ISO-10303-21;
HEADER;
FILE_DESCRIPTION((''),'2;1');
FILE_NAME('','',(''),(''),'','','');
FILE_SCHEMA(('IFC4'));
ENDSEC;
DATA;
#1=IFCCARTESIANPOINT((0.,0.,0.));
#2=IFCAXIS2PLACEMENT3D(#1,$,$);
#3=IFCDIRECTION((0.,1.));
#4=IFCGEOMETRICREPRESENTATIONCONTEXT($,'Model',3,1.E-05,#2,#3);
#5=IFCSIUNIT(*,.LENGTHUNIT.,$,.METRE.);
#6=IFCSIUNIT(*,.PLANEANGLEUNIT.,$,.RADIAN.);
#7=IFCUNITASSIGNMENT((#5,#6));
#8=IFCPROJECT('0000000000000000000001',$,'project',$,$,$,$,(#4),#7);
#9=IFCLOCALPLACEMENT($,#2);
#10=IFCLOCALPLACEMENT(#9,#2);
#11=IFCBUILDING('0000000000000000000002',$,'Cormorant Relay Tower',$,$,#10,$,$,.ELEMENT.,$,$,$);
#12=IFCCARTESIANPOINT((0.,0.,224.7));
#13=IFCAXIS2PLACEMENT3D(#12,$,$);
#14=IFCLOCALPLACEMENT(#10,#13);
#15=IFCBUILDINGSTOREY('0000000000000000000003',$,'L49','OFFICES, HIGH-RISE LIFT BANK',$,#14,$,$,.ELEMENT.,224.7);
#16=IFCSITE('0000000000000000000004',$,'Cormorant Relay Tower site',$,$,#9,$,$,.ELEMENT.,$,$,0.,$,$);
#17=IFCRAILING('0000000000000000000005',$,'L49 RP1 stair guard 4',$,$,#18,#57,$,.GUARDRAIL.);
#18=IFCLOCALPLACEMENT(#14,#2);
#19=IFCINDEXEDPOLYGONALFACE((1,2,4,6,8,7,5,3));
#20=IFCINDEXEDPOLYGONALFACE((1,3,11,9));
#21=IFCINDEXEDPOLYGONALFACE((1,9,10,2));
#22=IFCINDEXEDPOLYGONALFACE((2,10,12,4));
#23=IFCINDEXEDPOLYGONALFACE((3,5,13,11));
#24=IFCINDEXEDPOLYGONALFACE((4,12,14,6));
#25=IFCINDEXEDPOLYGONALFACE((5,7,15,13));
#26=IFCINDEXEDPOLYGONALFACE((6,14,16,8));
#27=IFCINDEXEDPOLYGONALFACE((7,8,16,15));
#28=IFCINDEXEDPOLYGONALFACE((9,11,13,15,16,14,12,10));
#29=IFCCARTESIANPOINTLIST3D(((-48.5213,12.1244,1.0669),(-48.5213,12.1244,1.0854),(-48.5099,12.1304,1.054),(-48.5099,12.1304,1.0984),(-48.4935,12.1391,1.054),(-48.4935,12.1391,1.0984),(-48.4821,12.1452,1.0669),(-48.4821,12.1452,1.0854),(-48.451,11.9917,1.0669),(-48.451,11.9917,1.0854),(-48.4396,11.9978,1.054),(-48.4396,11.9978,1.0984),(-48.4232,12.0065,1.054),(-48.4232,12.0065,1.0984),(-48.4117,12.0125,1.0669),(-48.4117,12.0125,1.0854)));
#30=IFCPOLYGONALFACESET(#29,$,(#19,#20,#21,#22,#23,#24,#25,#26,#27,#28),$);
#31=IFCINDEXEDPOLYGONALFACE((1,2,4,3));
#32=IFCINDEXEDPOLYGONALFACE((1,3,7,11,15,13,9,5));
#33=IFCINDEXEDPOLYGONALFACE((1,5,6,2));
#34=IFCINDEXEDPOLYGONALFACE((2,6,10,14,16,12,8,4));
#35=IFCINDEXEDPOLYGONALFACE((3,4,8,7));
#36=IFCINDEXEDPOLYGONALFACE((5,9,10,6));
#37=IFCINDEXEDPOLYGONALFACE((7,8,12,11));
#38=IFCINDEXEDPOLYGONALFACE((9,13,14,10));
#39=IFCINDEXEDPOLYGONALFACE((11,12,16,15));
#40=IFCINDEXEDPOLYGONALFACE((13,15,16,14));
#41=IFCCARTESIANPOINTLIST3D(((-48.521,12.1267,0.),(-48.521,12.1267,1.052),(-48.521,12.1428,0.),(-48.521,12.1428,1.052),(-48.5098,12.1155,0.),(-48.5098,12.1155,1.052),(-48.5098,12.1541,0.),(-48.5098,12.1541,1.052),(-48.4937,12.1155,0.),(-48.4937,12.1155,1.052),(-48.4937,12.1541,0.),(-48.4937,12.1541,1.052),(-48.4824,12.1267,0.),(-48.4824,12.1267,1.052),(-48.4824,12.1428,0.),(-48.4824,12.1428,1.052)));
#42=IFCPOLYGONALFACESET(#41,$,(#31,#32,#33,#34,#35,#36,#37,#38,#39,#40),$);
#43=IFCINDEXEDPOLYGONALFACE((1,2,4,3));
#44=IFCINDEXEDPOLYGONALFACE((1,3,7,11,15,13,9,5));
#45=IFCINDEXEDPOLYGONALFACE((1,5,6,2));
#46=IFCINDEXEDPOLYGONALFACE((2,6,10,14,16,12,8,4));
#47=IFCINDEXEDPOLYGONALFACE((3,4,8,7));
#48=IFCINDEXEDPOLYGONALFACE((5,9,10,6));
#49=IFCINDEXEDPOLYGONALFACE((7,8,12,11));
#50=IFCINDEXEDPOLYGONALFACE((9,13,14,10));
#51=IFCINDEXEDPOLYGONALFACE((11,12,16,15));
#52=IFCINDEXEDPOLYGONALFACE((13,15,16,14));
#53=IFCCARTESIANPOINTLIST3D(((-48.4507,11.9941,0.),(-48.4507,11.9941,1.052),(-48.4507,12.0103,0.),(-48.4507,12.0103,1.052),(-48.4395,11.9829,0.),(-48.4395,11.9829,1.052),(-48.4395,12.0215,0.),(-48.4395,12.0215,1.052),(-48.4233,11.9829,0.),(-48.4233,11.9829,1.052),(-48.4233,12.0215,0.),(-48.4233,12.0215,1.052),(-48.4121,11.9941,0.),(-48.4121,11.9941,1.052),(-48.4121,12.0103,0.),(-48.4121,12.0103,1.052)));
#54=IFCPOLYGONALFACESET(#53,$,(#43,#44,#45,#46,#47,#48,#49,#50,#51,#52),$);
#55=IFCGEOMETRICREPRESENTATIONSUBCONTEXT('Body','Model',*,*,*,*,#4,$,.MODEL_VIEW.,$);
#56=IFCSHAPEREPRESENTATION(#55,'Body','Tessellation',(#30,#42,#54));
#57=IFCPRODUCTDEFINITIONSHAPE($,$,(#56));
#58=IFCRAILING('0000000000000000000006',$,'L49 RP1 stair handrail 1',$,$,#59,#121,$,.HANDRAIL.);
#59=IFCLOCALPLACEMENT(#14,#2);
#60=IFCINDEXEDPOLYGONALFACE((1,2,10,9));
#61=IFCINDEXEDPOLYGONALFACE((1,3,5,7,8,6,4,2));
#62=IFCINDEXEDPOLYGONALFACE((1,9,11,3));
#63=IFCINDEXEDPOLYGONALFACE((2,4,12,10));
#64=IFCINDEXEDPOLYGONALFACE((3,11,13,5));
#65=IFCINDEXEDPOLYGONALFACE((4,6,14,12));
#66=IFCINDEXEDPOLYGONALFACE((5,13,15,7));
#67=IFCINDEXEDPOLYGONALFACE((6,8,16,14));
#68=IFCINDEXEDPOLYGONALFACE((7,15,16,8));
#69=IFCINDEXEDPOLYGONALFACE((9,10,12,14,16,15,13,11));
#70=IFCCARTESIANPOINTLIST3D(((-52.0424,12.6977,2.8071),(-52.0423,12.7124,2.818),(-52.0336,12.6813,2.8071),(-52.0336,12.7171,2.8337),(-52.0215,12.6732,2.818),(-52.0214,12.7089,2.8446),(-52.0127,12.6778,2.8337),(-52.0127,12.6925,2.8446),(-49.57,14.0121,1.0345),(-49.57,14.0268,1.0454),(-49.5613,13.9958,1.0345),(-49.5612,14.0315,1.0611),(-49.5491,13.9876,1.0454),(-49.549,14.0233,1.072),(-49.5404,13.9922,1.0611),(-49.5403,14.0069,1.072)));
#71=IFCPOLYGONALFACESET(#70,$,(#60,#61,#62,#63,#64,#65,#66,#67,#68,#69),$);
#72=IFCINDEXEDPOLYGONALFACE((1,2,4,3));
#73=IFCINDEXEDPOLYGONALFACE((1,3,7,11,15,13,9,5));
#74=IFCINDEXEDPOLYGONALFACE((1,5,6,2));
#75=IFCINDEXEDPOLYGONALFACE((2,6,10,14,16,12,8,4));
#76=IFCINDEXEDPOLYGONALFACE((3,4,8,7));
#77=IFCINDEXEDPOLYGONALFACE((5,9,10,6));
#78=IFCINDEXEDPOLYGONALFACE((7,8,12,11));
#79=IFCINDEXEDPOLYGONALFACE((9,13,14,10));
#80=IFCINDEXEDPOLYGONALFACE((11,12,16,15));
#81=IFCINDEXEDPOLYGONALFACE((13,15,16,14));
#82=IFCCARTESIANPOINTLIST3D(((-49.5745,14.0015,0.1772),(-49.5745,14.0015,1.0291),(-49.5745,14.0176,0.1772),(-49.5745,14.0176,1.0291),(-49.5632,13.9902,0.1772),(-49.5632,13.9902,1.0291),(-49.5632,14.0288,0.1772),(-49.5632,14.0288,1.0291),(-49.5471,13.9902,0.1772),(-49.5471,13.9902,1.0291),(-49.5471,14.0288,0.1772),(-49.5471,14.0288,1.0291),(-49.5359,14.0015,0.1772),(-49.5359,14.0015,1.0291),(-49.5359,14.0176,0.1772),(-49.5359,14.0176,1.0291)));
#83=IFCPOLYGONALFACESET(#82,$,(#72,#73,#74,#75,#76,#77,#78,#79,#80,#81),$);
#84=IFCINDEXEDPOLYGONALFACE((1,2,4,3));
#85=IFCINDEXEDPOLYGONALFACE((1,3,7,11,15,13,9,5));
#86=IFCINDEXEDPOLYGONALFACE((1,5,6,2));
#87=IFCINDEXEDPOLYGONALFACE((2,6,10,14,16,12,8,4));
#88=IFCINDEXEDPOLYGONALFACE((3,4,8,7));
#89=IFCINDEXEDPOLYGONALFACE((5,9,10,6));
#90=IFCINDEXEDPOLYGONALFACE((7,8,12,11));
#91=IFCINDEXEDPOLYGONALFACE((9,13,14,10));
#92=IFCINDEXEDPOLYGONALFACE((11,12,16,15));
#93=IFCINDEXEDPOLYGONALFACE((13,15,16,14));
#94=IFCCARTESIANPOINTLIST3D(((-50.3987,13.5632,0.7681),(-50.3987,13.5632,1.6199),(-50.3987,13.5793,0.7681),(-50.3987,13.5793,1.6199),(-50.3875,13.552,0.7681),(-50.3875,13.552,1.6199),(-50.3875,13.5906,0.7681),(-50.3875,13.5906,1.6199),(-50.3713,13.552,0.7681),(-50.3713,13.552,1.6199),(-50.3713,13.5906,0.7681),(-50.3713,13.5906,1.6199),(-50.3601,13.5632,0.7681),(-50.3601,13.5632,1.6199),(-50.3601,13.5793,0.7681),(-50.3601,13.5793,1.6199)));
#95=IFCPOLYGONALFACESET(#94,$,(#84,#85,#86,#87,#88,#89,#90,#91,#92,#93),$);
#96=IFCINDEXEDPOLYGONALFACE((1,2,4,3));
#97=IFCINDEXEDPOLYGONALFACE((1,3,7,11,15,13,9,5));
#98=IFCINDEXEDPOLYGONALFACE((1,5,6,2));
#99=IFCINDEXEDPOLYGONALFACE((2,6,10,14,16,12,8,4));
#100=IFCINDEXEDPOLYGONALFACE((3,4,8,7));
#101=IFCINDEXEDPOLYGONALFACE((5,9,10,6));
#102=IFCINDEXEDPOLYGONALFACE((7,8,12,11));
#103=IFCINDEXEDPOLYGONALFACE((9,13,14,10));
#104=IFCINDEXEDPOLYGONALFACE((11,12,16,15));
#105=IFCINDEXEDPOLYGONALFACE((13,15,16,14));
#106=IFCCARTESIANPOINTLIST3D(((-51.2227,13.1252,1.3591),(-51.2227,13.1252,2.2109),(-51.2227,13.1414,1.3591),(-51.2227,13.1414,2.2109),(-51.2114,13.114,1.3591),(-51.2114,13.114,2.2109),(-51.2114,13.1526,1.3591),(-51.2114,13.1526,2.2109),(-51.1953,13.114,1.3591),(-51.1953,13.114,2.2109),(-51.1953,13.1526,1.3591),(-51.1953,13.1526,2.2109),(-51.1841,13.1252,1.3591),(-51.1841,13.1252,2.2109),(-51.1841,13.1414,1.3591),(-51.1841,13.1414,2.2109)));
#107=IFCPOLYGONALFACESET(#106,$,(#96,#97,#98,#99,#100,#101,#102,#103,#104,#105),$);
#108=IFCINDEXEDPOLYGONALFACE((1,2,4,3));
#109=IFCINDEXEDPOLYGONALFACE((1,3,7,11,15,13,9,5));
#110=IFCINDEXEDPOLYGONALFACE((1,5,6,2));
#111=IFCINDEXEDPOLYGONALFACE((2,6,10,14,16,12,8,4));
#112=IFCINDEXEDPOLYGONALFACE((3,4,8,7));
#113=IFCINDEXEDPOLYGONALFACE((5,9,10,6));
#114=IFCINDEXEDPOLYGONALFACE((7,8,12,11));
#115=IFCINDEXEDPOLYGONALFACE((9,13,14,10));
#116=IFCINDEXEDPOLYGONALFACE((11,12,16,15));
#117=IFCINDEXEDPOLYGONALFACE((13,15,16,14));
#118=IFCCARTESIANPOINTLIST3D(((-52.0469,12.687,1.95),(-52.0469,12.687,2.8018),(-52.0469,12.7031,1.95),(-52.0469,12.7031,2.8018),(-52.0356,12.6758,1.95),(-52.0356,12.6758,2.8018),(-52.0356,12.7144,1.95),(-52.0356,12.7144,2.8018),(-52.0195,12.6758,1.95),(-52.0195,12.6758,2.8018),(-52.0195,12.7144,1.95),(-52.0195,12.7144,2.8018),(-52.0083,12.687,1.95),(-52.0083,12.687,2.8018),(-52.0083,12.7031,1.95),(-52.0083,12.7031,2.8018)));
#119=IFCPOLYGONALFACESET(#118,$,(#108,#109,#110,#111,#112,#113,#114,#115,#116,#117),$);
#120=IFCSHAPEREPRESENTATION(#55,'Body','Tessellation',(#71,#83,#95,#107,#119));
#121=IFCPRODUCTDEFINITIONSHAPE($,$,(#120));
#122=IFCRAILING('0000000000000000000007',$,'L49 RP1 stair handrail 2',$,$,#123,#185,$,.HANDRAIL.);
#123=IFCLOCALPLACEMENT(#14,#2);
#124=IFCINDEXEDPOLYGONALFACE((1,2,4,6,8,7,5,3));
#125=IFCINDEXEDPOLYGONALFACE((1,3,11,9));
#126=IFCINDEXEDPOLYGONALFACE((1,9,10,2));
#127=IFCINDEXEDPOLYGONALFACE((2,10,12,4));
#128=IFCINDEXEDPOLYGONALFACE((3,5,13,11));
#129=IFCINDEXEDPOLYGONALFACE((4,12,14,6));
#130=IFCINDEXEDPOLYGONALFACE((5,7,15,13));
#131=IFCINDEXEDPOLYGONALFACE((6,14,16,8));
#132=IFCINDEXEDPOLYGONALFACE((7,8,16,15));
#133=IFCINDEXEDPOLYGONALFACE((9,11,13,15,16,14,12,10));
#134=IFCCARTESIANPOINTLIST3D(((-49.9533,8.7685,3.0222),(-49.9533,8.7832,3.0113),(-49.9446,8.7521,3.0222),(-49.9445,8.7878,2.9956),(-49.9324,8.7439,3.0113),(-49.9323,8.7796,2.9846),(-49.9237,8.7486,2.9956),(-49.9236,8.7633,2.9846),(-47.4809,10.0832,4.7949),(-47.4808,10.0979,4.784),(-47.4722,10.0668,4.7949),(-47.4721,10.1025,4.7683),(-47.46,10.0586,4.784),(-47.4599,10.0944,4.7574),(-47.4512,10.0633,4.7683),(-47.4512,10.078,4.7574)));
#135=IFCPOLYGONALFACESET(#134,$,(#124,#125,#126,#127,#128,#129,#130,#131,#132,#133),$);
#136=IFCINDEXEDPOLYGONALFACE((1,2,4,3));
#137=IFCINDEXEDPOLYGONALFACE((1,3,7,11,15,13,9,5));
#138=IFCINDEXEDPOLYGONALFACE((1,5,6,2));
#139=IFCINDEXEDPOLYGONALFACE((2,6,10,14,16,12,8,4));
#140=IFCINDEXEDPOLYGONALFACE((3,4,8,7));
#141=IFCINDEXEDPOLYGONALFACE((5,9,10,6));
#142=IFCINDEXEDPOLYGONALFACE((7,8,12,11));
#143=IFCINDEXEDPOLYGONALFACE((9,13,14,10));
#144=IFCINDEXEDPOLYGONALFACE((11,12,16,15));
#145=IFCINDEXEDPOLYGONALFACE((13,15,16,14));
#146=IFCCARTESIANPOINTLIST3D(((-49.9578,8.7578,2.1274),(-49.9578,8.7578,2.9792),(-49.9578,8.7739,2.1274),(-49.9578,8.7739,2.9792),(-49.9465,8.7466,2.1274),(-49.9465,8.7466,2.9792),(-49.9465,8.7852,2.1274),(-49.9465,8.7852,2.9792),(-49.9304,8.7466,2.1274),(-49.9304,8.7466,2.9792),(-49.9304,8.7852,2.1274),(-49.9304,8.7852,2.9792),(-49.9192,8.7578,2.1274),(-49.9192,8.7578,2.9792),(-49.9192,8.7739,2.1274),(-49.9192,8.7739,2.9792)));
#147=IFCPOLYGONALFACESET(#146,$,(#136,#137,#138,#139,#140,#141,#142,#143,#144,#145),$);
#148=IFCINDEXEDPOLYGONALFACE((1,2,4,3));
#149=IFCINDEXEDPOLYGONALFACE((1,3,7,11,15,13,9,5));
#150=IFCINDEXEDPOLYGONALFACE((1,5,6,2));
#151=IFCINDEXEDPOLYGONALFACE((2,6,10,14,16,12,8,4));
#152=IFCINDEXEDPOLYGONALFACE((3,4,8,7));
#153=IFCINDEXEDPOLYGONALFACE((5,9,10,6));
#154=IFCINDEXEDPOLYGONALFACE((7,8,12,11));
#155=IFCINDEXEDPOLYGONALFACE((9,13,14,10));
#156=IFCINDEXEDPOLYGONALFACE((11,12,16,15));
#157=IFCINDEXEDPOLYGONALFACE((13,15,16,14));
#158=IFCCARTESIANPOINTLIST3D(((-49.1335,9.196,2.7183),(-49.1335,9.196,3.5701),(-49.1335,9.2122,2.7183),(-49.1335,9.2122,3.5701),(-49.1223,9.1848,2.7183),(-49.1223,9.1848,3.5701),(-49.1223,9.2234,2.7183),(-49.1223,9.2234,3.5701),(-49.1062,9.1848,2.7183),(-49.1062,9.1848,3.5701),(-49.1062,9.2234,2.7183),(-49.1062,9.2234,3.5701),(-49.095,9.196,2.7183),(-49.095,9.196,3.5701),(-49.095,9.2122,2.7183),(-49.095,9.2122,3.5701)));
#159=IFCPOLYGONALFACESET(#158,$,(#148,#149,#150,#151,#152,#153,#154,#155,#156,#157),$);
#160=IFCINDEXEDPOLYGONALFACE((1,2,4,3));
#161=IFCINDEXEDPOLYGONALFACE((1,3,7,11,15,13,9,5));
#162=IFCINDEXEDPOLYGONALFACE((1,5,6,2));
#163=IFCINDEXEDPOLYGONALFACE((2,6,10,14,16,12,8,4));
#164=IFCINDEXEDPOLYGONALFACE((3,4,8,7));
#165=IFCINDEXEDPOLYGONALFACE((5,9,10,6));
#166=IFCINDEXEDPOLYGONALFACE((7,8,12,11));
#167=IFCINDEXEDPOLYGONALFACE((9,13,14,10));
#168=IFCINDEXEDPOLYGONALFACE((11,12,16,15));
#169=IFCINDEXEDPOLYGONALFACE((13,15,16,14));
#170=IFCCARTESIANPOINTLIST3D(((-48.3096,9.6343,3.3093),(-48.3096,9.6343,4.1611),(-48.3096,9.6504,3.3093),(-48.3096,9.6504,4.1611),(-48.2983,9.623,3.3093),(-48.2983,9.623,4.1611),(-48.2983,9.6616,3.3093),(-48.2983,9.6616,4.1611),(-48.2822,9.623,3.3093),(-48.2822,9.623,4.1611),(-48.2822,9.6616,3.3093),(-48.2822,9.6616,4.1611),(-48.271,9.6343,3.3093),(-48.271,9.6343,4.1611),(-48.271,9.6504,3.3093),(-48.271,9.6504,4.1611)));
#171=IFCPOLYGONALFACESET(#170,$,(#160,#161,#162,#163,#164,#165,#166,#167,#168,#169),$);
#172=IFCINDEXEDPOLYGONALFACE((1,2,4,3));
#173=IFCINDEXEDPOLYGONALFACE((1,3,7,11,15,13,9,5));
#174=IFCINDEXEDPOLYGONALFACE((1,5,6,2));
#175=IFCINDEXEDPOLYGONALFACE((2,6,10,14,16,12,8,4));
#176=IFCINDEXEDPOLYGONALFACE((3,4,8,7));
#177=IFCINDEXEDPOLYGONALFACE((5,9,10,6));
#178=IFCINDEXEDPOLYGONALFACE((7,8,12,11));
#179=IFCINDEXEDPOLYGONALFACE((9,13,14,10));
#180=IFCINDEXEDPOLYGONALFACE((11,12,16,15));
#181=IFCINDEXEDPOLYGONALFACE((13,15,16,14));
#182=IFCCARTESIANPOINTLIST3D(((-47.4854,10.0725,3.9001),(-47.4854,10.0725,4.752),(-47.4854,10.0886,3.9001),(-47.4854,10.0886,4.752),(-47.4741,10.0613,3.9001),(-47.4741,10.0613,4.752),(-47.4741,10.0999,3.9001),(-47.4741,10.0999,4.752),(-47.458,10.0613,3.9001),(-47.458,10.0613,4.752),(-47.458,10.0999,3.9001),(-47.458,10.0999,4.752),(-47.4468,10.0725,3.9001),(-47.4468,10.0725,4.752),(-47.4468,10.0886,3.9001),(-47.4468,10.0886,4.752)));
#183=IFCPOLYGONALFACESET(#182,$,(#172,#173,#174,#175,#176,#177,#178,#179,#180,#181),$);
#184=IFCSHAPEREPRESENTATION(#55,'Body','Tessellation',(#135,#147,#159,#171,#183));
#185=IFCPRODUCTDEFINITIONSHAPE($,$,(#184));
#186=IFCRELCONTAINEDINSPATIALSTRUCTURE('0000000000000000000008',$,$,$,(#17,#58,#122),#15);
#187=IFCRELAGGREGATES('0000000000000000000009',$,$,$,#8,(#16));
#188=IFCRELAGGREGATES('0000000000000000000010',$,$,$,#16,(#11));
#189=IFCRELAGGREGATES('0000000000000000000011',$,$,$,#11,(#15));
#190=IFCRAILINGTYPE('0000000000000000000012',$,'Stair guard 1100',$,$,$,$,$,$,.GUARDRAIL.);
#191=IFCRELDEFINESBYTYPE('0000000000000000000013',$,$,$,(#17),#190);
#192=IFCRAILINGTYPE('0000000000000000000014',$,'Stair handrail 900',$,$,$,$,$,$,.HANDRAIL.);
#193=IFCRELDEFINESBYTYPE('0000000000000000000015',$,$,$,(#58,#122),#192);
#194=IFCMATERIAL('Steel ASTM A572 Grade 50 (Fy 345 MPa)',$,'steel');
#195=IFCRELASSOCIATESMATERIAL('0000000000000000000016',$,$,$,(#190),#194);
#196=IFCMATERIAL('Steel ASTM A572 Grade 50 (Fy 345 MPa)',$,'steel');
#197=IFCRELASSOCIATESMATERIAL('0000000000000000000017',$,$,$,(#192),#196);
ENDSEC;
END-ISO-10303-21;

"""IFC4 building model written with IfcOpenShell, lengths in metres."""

from ifc_helpers import new_model, si_unit, direction, frame, origin, place, context, subcontext, project, spatial, polyline, outline, extrude, material, type_object, element, save


model = new_model("IFC4")

# Units and contexts
model_context = context("Model", 3, precision=1e-05, world=origin(), true_north=direction((0.0, 1.0)))
body_context = subcontext(model_context, "Body", "Model", "MODEL_VIEW")
ifc_project = project(units=[si_unit("LENGTHUNIT", "METRE"), si_unit("PLANEANGLEUNIT", "RADIAN")], contexts=[model_context])

# Site, building, storey
site_placement = place(None, origin())
site = spatial("IfcSite", under=ifc_project, at=site_placement, Name="Cormorant Relay Tower site", CompositionType="ELEMENT", RefElevation=0.0)
building_placement = place(site_placement, origin())
building = spatial("IfcBuilding", under=site, at=building_placement, Name="Cormorant Relay Tower", CompositionType="ELEMENT")
storey_placement = place(building_placement, frame((0.0, 0.0, 224.7)))
storey = spatial("IfcBuildingStorey", under=building, at=storey_placement, Name="L49", Description="OFFICES, HIGH-RISE LIFT BANK", CompositionType="ELEMENT", Elevation=224.7)

# Railings
ifc_material_1 = material(Name="Steel ASTM A572 Grade 50 (Fy 345 MPa)", Category="steel")
railing_type_1 = type_object("IfcRailingType", Name="Stair guard 1100", PredefinedType="GUARDRAIL", material=ifc_material_1)
railing_1_placement = place(storey_placement, frame((-48.5017, 12.1348, 0.0)))
element("IfcRailing", 1, at=railing_1_placement, inside=storey, type_object=railing_type_1, Name="L49 RP1 stair guard 4", PredefinedType="GUARDRAIL", context=body_context, shape_type="SweptSolid", body=[
    extrude(outline(polyline([(0.0222, 0.0093), (0.0093, 0.0222), (-0.0093, 0.0222), (-0.0222, 0.0093), (-0.0222, -0.0093), (-0.0093, -0.0222), (0.0093, -0.0222), (0.0222, -0.0093), (0.0222, 0.0093)])), frame((0.0, 0.0, 1.0762), z_axis=(0.46856, -0.883431, 0.0), x_axis=(0.883431, 0.46856, 0.0)), (0.0, 0.0, 1.0), 0.1501),
    extrude(outline(polyline([(0.0193, 0.0081), (0.0081, 0.0193), (-0.0081, 0.0193), (-0.0193, 0.0081), (-0.0193, -0.0081), (-0.0081, -0.0193), (0.0081, -0.0193), (0.0193, -0.0081), (0.0193, 0.0081)])), origin(), (0.0, 0.0, 1.0), 1.052),
    extrude(outline(polyline([(0.0193, 0.0081), (0.0081, 0.0193), (-0.0081, 0.0193), (-0.0193, 0.0081), (-0.0193, -0.0081), (-0.0081, -0.0193), (0.0081, -0.0193), (0.0193, -0.0081), (0.0193, 0.0081)])), frame((0.0703, -0.1326, 0.0)), (0.0, 0.0, 1.0), 1.052),
])
ifc_material_2 = material(Name="Steel ASTM A572 Grade 50 (Fy 345 MPa)", Category="steel")
railing_type_2 = type_object("IfcRailingType", Name="Stair handrail 900", PredefinedType="HANDRAIL", material=ifc_material_2)
railing_2_placement = place(storey_placement, frame((-49.5552, 14.0095, 0.1772)))
element("IfcRailing", 2, at=railing_2_placement, inside=storey, type_object=railing_type_2, Name="L49 RP1 stair handrail 1", PredefinedType="HANDRAIL", context=body_context, shape_type="SweptSolid", body=[
    extrude(outline(polyline([(0.0222, 0.0093), (0.0093, 0.0222), (-0.0093, 0.0222), (-0.0222, 0.0093), (-0.0222, -0.0093), (-0.0093, -0.0222), (0.0093, -0.0222), (0.0222, -0.0093), (0.0222, 0.0093)])), frame((0.0, 0.0, 0.876), z_axis=(-0.746034, -0.396627, 0.534902), x_axis=(0.469429, -0.88297, 0.0)), (0.0, 0.0, 1.0), 3.314),
    extrude(outline(polyline([(0.0193, 0.0081), (0.0081, 0.0193), (-0.0081, 0.0193), (-0.0193, 0.0081), (-0.0193, -0.0081), (-0.0081, -0.0193), (0.0081, -0.0193), (0.0193, -0.0081), (0.0193, 0.0081)])), origin(), (0.0, 0.0, 1.0), 0.8518),
    extrude(outline(polyline([(0.0193, 0.0081), (0.0081, 0.0193), (-0.0081, 0.0193), (-0.0193, 0.0081), (-0.0193, -0.0081), (-0.0081, -0.0193), (0.0081, -0.0193), (0.0193, -0.0081), (0.0193, 0.0081)])), frame((-0.8242, -0.4382, 0.5908)), (0.0, 0.0, 1.0), 0.8518),
    extrude(outline(polyline([(0.0193, 0.0081), (0.0081, 0.0193), (-0.0081, 0.0193), (-0.0193, 0.0081), (-0.0193, -0.0081), (-0.0081, -0.0193), (0.0081, -0.0193), (0.0193, -0.0081), (0.0193, 0.0081)])), frame((-1.6482, -0.8762, 1.1819)), (0.0, 0.0, 1.0), 0.8518),
    extrude(outline(polyline([(0.0193, 0.0081), (0.0081, 0.0193), (-0.0081, 0.0193), (-0.0193, 0.0081), (-0.0193, -0.0081), (-0.0081, -0.0193), (0.0081, -0.0193), (0.0193, -0.0081), (0.0193, 0.0081)])), frame((-2.4724, -1.3145, 1.7727)), (0.0, 0.0, 1.0), 0.8518),
])
railing_3_placement = place(storey_placement, frame((-49.9385, 8.7659, 2.1274)))
element("IfcRailing", 3, at=railing_3_placement, inside=storey, type_object=railing_type_2, Name="L49 RP1 stair handrail 2", PredefinedType="HANDRAIL", context=body_context, shape_type="SweptSolid", body=[
    extrude(outline(polyline([(0.0222, 0.0093), (0.0093, 0.0222), (-0.0093, 0.0222), (-0.0222, 0.0093), (-0.0222, -0.0093), (-0.0093, -0.0222), (0.0093, -0.0222), (0.0222, -0.0093), (0.0222, 0.0093)])), frame((0.0, 0.0, 0.876), z_axis=(0.746012, 0.39669, 0.534886), x_axis=(-0.469497, 0.882934, 0.0)), (0.0, 0.0, 1.0), 3.3142),
    extrude(outline(polyline([(0.0193, 0.0081), (0.0081, 0.0193), (-0.0081, 0.0193), (-0.0193, 0.0081), (-0.0193, -0.0081), (-0.0081, -0.0193), (0.0081, -0.0193), (0.0193, -0.0081), (0.0193, 0.0081)])), origin(), (0.0, 0.0, 1.0), 0.8518),
    extrude(outline(polyline([(0.0193, 0.0081), (0.0081, 0.0193), (-0.0081, 0.0193), (-0.0193, 0.0081), (-0.0193, -0.0081), (-0.0081, -0.0193), (0.0081, -0.0193), (0.0193, -0.0081), (0.0193, 0.0081)])), frame((0.8242, 0.4382, 0.5908)), (0.0, 0.0, 1.0), 0.8518),
    extrude(outline(polyline([(0.0193, 0.0081), (0.0081, 0.0193), (-0.0081, 0.0193), (-0.0193, 0.0081), (-0.0193, -0.0081), (-0.0081, -0.0193), (0.0081, -0.0193), (0.0193, -0.0081), (0.0193, 0.0081)])), frame((1.6482, 0.8765, 1.1819)), (0.0, 0.0, 1.0), 0.8518),
    extrude(outline(polyline([(0.0193, 0.0081), (0.0081, 0.0193), (-0.0081, 0.0193), (-0.0193, 0.0081), (-0.0193, -0.0081), (-0.0081, -0.0193), (0.0081, -0.0193), (0.0193, -0.0081), (0.0193, 0.0081)])), frame((2.4724, 1.3147, 1.7727)), (0.0, 0.0, 1.0), 0.8518),
])

save(model, "model.ifc")
